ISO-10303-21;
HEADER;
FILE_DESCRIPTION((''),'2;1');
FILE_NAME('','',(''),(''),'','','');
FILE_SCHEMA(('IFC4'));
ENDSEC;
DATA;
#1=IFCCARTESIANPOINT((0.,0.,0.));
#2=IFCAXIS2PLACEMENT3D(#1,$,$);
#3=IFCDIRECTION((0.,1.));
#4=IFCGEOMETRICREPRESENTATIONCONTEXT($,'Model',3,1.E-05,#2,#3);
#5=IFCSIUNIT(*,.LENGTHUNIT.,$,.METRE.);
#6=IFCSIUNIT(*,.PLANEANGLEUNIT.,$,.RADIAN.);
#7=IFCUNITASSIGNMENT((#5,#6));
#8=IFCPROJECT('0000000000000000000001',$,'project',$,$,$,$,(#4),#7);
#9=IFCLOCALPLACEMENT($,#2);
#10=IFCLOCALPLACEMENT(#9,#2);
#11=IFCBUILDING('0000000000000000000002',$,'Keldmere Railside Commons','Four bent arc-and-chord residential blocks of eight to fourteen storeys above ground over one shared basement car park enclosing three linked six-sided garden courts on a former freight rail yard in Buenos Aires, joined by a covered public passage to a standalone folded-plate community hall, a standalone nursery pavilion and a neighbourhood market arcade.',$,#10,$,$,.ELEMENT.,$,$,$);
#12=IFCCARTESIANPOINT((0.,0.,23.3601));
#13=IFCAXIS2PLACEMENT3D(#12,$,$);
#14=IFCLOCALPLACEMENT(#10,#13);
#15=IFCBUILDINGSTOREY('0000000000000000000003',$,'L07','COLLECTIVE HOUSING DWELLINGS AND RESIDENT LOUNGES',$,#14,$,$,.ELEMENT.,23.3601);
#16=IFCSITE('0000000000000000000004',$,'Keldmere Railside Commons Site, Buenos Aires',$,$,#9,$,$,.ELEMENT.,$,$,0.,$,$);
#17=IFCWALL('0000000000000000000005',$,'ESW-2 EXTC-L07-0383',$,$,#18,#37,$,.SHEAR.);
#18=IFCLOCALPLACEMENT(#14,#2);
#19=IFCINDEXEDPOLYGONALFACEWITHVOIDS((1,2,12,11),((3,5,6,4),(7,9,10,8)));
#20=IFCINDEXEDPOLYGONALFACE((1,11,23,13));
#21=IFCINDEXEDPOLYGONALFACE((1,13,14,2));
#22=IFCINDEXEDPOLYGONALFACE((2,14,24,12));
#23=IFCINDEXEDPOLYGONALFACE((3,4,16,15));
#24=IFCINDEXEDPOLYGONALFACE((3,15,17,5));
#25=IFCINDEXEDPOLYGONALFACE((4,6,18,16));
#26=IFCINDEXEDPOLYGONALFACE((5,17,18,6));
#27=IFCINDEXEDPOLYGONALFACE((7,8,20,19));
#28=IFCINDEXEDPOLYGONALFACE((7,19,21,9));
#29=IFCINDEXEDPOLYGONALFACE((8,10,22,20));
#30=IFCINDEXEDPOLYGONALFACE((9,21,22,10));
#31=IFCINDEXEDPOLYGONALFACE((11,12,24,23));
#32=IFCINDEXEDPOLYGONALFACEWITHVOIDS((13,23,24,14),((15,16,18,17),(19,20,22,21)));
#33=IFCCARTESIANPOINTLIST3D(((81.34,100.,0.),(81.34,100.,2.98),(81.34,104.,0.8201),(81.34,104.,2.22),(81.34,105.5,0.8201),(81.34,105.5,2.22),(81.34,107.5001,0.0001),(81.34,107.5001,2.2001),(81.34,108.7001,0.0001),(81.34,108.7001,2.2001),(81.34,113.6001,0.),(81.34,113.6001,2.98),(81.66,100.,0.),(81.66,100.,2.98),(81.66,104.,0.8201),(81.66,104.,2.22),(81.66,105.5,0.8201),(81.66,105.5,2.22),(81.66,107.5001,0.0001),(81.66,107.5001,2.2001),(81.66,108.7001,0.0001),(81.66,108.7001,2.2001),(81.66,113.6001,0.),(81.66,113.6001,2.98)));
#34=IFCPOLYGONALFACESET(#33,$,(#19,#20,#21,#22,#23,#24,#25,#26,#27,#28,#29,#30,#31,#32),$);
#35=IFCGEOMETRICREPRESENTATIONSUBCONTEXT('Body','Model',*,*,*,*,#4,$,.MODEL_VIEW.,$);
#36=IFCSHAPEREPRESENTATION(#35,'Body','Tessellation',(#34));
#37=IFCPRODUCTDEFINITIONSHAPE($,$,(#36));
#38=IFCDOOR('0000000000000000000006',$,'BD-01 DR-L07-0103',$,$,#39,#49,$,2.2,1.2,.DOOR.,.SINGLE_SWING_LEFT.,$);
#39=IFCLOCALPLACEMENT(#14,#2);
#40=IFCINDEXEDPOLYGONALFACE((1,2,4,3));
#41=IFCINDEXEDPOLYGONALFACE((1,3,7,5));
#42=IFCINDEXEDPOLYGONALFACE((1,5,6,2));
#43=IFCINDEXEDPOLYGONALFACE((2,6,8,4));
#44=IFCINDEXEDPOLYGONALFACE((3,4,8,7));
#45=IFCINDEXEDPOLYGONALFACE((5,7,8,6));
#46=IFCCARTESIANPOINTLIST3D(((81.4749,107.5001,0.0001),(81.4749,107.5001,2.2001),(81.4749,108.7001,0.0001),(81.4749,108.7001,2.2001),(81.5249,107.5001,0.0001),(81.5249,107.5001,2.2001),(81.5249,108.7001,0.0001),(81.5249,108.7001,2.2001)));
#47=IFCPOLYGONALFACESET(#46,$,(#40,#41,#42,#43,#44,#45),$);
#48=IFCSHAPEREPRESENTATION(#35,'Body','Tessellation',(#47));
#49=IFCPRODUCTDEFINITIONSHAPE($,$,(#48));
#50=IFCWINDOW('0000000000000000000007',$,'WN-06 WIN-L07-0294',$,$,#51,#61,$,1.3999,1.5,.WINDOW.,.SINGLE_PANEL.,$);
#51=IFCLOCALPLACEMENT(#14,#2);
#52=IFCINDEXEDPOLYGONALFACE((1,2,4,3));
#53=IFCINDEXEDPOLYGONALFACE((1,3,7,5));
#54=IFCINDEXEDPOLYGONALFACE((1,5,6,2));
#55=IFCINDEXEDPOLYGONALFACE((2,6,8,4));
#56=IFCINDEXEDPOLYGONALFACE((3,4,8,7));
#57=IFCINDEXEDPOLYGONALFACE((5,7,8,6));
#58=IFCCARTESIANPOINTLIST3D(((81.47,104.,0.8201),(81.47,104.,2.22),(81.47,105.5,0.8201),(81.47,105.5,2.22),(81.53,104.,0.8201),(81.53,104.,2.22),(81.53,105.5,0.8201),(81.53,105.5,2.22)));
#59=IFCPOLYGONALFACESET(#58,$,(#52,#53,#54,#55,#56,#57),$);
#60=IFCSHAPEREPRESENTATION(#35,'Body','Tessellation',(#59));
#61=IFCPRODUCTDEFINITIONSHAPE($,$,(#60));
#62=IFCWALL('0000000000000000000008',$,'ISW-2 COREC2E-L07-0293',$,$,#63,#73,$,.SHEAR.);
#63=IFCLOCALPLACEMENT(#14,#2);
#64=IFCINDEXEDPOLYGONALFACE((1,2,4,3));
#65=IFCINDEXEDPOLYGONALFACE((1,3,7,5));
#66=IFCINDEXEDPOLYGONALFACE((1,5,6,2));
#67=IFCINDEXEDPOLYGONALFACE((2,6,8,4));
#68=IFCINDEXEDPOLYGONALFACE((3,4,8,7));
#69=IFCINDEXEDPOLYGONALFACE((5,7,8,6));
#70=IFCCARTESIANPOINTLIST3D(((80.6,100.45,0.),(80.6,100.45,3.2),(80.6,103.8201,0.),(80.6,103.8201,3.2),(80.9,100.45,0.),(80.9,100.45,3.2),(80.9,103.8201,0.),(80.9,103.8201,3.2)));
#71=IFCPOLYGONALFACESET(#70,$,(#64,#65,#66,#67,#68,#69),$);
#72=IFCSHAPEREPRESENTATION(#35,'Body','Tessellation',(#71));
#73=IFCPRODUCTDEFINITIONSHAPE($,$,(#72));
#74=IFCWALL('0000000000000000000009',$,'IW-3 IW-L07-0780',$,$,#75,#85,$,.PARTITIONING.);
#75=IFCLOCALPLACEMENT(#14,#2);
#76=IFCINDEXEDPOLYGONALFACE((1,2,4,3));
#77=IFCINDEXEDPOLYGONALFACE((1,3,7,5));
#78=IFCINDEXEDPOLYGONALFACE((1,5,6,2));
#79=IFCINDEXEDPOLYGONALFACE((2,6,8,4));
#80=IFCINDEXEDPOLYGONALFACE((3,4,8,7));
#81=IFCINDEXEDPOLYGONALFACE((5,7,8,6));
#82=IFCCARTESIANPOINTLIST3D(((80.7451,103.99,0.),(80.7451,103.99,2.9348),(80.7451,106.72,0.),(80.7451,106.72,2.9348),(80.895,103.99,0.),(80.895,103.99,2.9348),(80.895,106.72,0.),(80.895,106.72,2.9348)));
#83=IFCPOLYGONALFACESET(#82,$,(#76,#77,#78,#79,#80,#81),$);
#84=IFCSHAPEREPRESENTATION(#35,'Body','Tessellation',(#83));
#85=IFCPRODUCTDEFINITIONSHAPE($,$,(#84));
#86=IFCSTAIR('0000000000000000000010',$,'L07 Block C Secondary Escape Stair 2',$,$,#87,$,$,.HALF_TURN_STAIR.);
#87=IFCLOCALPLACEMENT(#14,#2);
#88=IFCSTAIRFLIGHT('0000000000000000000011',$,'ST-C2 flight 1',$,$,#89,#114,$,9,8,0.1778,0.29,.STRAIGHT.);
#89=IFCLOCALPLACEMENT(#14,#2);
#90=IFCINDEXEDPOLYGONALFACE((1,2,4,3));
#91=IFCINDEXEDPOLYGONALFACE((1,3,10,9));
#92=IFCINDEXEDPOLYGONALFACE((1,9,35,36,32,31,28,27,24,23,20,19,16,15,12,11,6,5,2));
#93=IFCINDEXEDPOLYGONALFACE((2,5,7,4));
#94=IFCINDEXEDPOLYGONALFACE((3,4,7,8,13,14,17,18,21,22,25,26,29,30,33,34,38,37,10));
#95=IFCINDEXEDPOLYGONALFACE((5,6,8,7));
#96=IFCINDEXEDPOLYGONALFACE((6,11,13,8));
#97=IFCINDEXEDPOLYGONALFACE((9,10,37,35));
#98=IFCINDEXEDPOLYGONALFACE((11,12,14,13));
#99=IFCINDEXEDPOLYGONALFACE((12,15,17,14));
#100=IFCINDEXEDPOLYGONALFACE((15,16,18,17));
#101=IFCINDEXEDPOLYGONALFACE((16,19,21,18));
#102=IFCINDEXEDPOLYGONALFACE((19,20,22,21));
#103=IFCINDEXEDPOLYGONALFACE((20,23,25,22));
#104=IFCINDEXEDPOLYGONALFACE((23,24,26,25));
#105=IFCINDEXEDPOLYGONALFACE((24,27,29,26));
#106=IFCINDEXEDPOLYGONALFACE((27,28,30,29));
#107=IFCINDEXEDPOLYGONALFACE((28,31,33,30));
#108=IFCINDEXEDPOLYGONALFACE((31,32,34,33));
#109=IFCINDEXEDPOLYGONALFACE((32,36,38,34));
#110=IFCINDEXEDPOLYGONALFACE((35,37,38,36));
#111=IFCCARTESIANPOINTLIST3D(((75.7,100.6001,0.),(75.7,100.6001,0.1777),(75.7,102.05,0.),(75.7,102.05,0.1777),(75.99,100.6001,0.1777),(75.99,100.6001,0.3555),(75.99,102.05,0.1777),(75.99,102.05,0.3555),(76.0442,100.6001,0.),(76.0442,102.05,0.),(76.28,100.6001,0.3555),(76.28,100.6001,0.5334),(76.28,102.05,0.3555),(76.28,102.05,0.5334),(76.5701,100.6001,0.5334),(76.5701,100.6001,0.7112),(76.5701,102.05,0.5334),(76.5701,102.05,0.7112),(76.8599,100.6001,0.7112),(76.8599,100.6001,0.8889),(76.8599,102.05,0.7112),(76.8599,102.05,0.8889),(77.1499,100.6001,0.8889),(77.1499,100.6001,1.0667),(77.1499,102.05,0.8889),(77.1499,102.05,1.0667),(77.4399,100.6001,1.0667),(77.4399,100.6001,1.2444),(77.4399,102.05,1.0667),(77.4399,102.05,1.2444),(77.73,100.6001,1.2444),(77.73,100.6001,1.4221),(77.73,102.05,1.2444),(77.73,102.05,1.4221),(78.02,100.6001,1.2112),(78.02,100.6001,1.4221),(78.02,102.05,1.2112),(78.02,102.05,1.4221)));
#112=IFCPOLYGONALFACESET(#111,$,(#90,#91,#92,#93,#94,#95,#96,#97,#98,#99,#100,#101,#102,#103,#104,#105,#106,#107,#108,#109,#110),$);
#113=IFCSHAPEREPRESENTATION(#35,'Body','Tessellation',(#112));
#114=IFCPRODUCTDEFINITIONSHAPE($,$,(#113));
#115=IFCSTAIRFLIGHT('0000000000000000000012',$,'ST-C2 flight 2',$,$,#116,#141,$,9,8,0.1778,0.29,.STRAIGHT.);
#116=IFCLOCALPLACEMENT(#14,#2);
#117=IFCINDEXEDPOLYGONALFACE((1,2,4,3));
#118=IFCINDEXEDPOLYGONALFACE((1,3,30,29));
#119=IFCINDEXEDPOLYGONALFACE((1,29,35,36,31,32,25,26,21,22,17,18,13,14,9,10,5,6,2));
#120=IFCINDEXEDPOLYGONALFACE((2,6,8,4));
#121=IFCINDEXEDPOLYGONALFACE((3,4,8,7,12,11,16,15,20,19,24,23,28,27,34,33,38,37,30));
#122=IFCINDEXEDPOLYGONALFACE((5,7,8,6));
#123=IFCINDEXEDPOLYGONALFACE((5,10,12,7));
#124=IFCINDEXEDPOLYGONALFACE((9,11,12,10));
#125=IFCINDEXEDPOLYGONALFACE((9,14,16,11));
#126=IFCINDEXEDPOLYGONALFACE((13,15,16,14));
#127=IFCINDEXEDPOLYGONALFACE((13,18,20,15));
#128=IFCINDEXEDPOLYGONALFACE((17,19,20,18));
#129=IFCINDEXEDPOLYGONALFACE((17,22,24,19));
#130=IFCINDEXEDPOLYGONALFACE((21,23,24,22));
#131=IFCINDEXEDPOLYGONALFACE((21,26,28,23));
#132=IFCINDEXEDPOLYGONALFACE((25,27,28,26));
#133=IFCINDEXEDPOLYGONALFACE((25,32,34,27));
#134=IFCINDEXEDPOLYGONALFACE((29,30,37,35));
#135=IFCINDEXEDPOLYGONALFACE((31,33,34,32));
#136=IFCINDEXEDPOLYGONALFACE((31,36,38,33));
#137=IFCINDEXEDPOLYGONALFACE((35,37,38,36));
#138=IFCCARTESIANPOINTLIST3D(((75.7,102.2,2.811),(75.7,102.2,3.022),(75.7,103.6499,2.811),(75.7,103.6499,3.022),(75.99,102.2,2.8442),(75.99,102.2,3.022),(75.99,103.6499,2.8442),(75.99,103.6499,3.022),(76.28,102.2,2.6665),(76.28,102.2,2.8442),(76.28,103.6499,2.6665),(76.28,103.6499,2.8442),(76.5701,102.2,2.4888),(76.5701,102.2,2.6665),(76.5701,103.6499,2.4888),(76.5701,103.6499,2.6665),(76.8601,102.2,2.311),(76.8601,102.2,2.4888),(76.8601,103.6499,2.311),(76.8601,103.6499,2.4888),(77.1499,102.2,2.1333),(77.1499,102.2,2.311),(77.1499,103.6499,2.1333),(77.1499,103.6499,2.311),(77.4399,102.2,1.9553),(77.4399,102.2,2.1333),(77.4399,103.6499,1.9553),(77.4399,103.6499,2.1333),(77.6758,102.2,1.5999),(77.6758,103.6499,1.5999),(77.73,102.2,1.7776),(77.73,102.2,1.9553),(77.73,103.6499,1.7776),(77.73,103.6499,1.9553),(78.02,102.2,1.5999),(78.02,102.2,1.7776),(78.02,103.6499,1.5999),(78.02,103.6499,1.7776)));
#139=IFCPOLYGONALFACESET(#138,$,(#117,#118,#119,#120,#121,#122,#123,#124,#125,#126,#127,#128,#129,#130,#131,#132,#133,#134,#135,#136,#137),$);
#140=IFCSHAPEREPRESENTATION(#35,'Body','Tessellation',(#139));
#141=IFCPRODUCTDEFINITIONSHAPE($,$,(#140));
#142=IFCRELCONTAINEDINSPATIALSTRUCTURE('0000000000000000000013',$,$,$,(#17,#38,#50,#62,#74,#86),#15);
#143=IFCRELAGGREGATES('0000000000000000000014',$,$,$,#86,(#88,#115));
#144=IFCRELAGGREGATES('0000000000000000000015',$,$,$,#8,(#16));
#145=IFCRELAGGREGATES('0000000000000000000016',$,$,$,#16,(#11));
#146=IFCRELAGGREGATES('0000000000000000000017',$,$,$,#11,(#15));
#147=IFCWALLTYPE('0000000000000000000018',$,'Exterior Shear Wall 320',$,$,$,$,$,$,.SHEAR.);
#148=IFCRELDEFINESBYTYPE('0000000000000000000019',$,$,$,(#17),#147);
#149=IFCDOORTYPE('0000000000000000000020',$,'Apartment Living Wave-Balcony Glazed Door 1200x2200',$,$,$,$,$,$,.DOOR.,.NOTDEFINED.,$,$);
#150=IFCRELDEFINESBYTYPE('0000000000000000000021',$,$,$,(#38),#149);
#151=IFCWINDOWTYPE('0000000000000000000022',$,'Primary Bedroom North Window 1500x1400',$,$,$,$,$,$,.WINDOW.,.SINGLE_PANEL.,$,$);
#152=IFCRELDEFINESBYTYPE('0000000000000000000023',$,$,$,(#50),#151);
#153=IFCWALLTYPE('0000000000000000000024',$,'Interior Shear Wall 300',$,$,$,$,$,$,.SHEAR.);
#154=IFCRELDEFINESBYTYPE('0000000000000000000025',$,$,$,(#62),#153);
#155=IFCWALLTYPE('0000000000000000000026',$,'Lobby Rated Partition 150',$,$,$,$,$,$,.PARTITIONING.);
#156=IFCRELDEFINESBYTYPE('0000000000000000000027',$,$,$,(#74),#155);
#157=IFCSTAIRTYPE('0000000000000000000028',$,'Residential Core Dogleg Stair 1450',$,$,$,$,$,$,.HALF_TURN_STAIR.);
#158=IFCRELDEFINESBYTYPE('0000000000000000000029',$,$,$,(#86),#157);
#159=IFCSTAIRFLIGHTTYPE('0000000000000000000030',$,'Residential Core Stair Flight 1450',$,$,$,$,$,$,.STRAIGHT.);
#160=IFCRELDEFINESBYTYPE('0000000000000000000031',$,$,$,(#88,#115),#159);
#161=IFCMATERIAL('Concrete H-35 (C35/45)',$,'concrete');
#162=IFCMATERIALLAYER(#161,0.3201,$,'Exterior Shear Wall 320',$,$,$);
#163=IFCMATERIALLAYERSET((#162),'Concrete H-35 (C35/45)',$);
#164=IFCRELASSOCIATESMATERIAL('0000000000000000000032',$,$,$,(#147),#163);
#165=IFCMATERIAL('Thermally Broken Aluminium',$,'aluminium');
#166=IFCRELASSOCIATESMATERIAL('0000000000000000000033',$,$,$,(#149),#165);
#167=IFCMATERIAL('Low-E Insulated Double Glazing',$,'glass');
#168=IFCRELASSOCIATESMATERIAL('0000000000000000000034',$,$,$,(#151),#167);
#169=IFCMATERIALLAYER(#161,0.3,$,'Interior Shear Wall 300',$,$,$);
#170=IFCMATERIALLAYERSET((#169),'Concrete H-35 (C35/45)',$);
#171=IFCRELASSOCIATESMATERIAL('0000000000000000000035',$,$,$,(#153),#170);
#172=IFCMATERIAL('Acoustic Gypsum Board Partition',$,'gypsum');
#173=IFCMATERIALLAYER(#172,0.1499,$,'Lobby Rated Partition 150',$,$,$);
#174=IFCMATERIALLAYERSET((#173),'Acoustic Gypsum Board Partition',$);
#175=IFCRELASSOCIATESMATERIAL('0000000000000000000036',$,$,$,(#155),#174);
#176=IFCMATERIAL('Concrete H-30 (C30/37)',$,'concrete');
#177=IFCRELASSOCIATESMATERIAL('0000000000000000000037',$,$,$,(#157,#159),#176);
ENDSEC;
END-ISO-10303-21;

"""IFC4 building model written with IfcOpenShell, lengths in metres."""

from ifc_helpers import new_model, si_unit, direction, frame, frame_2d, origin, place, context, subcontext, project, spatial, polyline, rectangle, outline, extrude, material, layer, layer_set, type_object, element, fill, aggregate, save


model = new_model("IFC4")

# Units and contexts
model_context = context("Model", 3, precision=1e-05, world=origin(), true_north=direction((0.0, 1.0)))
body_context = subcontext(model_context, "Body", "Model", "MODEL_VIEW")
ifc_project = project(units=[si_unit("LENGTHUNIT", "METRE"), si_unit("PLANEANGLEUNIT", "RADIAN")], contexts=[model_context])

# Site, building, storey
site_placement = place(None, origin())
site = spatial("IfcSite", under=ifc_project, at=site_placement, Name="Keldmere Railside Commons Site, Buenos Aires", CompositionType="ELEMENT", RefElevation=0.0)
building_placement = place(site_placement, origin())
building = spatial("IfcBuilding", under=site, at=building_placement, Name="Keldmere Railside Commons", Description="Four bent arc-and-chord residential blocks of eight to fourteen storeys above ground over one shared basement car park enclosing three linked six-sided garden courts on a former freight rail yard in Buenos Aires, joined by a covered public passage to a standalone folded-plate community hall, a standalone nursery pavilion and a neighbourhood market arcade.", CompositionType="ELEMENT")
storey_placement = place(building_placement, frame((0.0, 0.0, 23.3601)))
storey = spatial("IfcBuildingStorey", under=building, at=storey_placement, Name="L07", Description="COLLECTIVE HOUSING DWELLINGS AND RESIDENT LOUNGES", CompositionType="ELEMENT", Elevation=23.3601)

# Shared definitions
ifc_material_1 = material(Name="Concrete H-35 (C35/45)", Category="concrete")

# Shared definitions
ifc_material_2 = material(Name="Thermally Broken Aluminium", Category="aluminium")

# Shared definitions
ifc_layer_1 = layer(ifc_material_1, 0.3201, Name="Exterior Shear Wall 320")
ifc_layer_set_1 = layer_set([ifc_layer_1], Name="Concrete H-35 (C35/45)")
wall_type_1 = type_object("IfcWallType", Name="Exterior Shear Wall 320", PredefinedType="SHEAR", material=ifc_layer_set_1)
ifc_material_3 = material(Name="Low-E Insulated Double Glazing", Category="glass")

# Wall, openings, door, window
wall_1_placement = place(storey_placement, frame((81.5, 113.6001, 0.0), z_axis=(0.0, 0.0, 1.0), x_axis=(0.0, -1.0, 0.0)))
wall_1 = element("IfcWall", 1, at=wall_1_placement, inside=storey, type_object=wall_type_1, Name="ESW-2 EXTC-L07-0383", PredefinedType="SHEAR", context=body_context, shape_type="SweptSolid", body=[
    extrude(rectangle(XDim=13.6001, YDim=0.3201, at=frame_2d((6.8, 0.0))), origin(), (0.0, 0.0, 1.0), 2.98),
])
opening_1_placement = place(wall_1_placement, frame((4.8999, 0.0, 0.0)))
opening_1 = element("IfcOpeningElement", 2, at=opening_1_placement, cuts=wall_1, PredefinedType="OPENING", context=body_context, shape_type="SweptSolid", body=[
    extrude(rectangle(XDim=1.2, YDim=2.2, at=frame_2d((0.6001, 1.1001))), frame((0.0, 0.1699, 0.0), z_axis=(0.0, -1.0, 0.0), x_axis=(1.0, 0.0, 0.0)), (0.0, 0.0, 1.0), 0.3401),
])
opening_2_placement = place(wall_1_placement, frame((8.1001, 0.0, 0.8201)))
opening_2 = element("IfcOpeningElement", 3, at=opening_2_placement, cuts=wall_1, PredefinedType="OPENING", context=body_context, shape_type="SweptSolid", body=[
    extrude(rectangle(XDim=1.5, YDim=1.3999, at=frame_2d((0.75, 0.7))), frame((0.0, 0.1699, 0.0), z_axis=(0.0, -1.0, 0.0), x_axis=(1.0, 0.0, 0.0)), (0.0, 0.0, 1.0), 0.3401),
])
door_type_1 = type_object("IfcDoorType", Name="Apartment Living Wave-Balcony Glazed Door 1200x2200", OperationType="NOTDEFINED", PredefinedType="DOOR", material=ifc_material_2)
door_1_placement = place(opening_1_placement, origin())
door_1 = element("IfcDoor", 4, at=door_1_placement, inside=storey, type_object=door_type_1, Name="BD-01 DR-L07-0103", OperationType="SINGLE_SWING_LEFT", OverallHeight=2.2, OverallWidth=1.2, PredefinedType="DOOR", context=body_context, shape_type="SweptSolid", body=[
    extrude(rectangle(XDim=1.2, YDim=2.2, at=frame_2d((0.6001, 1.1001))), frame((0.0, 0.0249, 0.0), z_axis=(0.0, -1.0, 0.0), x_axis=(1.0, 0.0, 0.0)), (0.0, 0.0, 1.0), 0.05),
])
fill(opening_1, door_1)
window_type_1 = type_object("IfcWindowType", Name="Primary Bedroom North Window 1500x1400", PartitioningType="SINGLE_PANEL", PredefinedType="WINDOW", material=ifc_material_3)
window_1_placement = place(opening_2_placement, origin())
window_1 = element("IfcWindow", 5, at=window_1_placement, inside=storey, type_object=window_type_1, Name="WN-06 WIN-L07-0294", OverallHeight=1.3999, OverallWidth=1.5, PartitioningType="SINGLE_PANEL", PredefinedType="WINDOW", context=body_context, shape_type="SweptSolid", body=[
    extrude(rectangle(XDim=1.5, YDim=1.3999, at=frame_2d((0.75, 0.7))), frame((0.0, 0.03, 0.0), z_axis=(0.0, -1.0, 0.0), x_axis=(1.0, 0.0, 0.0)), (0.0, 0.0, 1.0), 0.0601),
])
fill(opening_2, window_1)

# Wall
ifc_layer_2 = layer(ifc_material_1, 0.3, Name="Interior Shear Wall 300")
ifc_layer_set_2 = layer_set([ifc_layer_2], Name="Concrete H-35 (C35/45)")
wall_type_2 = type_object("IfcWallType", Name="Interior Shear Wall 300", PredefinedType="SHEAR", material=ifc_layer_set_2)
wall_2_placement = place(storey_placement, frame((80.75, 100.45, 0.0), z_axis=(0.0, 0.0, 1.0), x_axis=(0.0, 1.0, 0.0)))
element("IfcWall", 6, at=wall_2_placement, inside=storey, type_object=wall_type_2, Name="ISW-2 COREC2E-L07-0293", PredefinedType="SHEAR", context=body_context, shape_type="SweptSolid", body=[
    extrude(rectangle(XDim=3.3701, YDim=0.3, at=frame_2d((1.6851, 0.0))), origin(), (0.0, 0.0, 1.0), 3.2),
])

# Wall
ifc_material_4 = material(Name="Acoustic Gypsum Board Partition", Category="gypsum")
ifc_layer_3 = layer(ifc_material_4, 0.1499, Name="Lobby Rated Partition 150")
ifc_layer_set_3 = layer_set([ifc_layer_3], Name="Acoustic Gypsum Board Partition")
wall_type_3 = type_object("IfcWallType", Name="Lobby Rated Partition 150", PredefinedType="PARTITIONING", material=ifc_layer_set_3)
wall_3_placement = place(storey_placement, frame((80.8201, 103.99, 0.0), z_axis=(0.0, 0.0, 1.0), x_axis=(0.0, 1.0, 0.0)))
element("IfcWall", 7, at=wall_3_placement, inside=storey, type_object=wall_type_3, Name="IW-3 IW-L07-0780", PredefinedType="PARTITIONING", context=body_context, shape_type="SweptSolid", body=[
    extrude(rectangle(XDim=2.73, YDim=0.1499, at=frame_2d((1.365, 0.0))), origin(), (0.0, 0.0, 1.0), 2.9348),
])

# Stair, stair flights
ifc_material_5 = material(Name="Concrete H-30 (C30/37)", Category="concrete")
stair_type = type_object("IfcStairType", Name="Residential Core Dogleg Stair 1450", PredefinedType="HALF_TURN_STAIR", material=ifc_material_5)
stair_placement = place(storey_placement, origin())
stair = element("IfcStair", 8, at=stair_placement, inside=storey, type_object=stair_type, Name="L07 Block C Secondary Escape Stair 2", PredefinedType="HALF_TURN_STAIR")
stair_flight_type = type_object("IfcStairFlightType", Name="Residential Core Stair Flight 1450", PredefinedType="STRAIGHT", material=ifc_material_5)
stair_flight_1_placement = place(storey_placement, frame((75.7, 101.325, 0.0), z_axis=(0.0, 0.0, 1.0), x_axis=(1.0, 0.0, 0.0)))
stair_flight_1 = element("IfcStairFlight", 9, at=stair_flight_1_placement, type_object=stair_flight_type, Name="ST-C2 flight 1", NumberOfRisers=9, NumberOfTreads=8, PredefinedType="STRAIGHT", RiserHeight=0.1778, TreadLength=0.29, context=body_context, shape_type="SweptSolid", body=[
    extrude(outline(polyline([(0.0, 0.0), (0.0, 0.1777), (0.29, 0.1777), (0.29, 0.3555), (0.5801, 0.3555), (0.5801, 0.5334), (0.8701, 0.5334), (0.8701, 0.7112), (1.1599, 0.7112), (1.1599, 0.8889), (1.45, 0.8889), (1.45, 1.0667), (1.74, 1.0667), (1.74, 1.2444), (2.03, 1.2444), (2.03, 1.4221), (2.3201, 1.4221), (2.3201, 1.6001), (2.3201, 1.2112), (0.3442, 0.0), (0.0, 0.0)])), frame((0.0, 0.7251, 0.0), z_axis=(0.0, -1.0, 0.0), x_axis=(1.0, 0.0, 0.0)), (0.0, 0.0, 1.0), 1.45),
])
stair_flight_2_placement = place(storey_placement, frame((78.02, 102.925, 1.5999), z_axis=(0.0, 0.0, 1.0), x_axis=(-1.0, 0.0, 0.0)))
stair_flight_2 = element("IfcStairFlight", 10, at=stair_flight_2_placement, type_object=stair_flight_type, Name="ST-C2 flight 2", NumberOfRisers=9, NumberOfTreads=8, PredefinedType="STRAIGHT", RiserHeight=0.1778, TreadLength=0.29, context=body_context, shape_type="SweptSolid", body=[
    extrude(outline(polyline([(0.0, 0.0), (0.0, 0.1777), (0.29, 0.1777), (0.29, 0.3555), (0.5801, 0.3555), (0.5801, 0.5334), (0.8701, 0.5334), (0.8701, 0.7112), (1.1599, 0.7112), (1.1599, 0.8889), (1.45, 0.8889), (1.45, 1.0667), (1.74, 1.0667), (1.74, 1.2444), (2.03, 1.2444), (2.03, 1.4221), (2.3201, 1.4221), (2.3201, 1.6001), (2.3201, 1.2112), (0.3442, 0.0), (0.0, 0.0)])), frame((0.0, 0.7251, 0.0), z_axis=(0.0, -1.0, 0.0), x_axis=(1.0, 0.0, 0.0)), (0.0, 0.0, 1.0), 1.45),
])
aggregate(stair, [stair_flight_1, stair_flight_2])

save(model, "model.ifc")
